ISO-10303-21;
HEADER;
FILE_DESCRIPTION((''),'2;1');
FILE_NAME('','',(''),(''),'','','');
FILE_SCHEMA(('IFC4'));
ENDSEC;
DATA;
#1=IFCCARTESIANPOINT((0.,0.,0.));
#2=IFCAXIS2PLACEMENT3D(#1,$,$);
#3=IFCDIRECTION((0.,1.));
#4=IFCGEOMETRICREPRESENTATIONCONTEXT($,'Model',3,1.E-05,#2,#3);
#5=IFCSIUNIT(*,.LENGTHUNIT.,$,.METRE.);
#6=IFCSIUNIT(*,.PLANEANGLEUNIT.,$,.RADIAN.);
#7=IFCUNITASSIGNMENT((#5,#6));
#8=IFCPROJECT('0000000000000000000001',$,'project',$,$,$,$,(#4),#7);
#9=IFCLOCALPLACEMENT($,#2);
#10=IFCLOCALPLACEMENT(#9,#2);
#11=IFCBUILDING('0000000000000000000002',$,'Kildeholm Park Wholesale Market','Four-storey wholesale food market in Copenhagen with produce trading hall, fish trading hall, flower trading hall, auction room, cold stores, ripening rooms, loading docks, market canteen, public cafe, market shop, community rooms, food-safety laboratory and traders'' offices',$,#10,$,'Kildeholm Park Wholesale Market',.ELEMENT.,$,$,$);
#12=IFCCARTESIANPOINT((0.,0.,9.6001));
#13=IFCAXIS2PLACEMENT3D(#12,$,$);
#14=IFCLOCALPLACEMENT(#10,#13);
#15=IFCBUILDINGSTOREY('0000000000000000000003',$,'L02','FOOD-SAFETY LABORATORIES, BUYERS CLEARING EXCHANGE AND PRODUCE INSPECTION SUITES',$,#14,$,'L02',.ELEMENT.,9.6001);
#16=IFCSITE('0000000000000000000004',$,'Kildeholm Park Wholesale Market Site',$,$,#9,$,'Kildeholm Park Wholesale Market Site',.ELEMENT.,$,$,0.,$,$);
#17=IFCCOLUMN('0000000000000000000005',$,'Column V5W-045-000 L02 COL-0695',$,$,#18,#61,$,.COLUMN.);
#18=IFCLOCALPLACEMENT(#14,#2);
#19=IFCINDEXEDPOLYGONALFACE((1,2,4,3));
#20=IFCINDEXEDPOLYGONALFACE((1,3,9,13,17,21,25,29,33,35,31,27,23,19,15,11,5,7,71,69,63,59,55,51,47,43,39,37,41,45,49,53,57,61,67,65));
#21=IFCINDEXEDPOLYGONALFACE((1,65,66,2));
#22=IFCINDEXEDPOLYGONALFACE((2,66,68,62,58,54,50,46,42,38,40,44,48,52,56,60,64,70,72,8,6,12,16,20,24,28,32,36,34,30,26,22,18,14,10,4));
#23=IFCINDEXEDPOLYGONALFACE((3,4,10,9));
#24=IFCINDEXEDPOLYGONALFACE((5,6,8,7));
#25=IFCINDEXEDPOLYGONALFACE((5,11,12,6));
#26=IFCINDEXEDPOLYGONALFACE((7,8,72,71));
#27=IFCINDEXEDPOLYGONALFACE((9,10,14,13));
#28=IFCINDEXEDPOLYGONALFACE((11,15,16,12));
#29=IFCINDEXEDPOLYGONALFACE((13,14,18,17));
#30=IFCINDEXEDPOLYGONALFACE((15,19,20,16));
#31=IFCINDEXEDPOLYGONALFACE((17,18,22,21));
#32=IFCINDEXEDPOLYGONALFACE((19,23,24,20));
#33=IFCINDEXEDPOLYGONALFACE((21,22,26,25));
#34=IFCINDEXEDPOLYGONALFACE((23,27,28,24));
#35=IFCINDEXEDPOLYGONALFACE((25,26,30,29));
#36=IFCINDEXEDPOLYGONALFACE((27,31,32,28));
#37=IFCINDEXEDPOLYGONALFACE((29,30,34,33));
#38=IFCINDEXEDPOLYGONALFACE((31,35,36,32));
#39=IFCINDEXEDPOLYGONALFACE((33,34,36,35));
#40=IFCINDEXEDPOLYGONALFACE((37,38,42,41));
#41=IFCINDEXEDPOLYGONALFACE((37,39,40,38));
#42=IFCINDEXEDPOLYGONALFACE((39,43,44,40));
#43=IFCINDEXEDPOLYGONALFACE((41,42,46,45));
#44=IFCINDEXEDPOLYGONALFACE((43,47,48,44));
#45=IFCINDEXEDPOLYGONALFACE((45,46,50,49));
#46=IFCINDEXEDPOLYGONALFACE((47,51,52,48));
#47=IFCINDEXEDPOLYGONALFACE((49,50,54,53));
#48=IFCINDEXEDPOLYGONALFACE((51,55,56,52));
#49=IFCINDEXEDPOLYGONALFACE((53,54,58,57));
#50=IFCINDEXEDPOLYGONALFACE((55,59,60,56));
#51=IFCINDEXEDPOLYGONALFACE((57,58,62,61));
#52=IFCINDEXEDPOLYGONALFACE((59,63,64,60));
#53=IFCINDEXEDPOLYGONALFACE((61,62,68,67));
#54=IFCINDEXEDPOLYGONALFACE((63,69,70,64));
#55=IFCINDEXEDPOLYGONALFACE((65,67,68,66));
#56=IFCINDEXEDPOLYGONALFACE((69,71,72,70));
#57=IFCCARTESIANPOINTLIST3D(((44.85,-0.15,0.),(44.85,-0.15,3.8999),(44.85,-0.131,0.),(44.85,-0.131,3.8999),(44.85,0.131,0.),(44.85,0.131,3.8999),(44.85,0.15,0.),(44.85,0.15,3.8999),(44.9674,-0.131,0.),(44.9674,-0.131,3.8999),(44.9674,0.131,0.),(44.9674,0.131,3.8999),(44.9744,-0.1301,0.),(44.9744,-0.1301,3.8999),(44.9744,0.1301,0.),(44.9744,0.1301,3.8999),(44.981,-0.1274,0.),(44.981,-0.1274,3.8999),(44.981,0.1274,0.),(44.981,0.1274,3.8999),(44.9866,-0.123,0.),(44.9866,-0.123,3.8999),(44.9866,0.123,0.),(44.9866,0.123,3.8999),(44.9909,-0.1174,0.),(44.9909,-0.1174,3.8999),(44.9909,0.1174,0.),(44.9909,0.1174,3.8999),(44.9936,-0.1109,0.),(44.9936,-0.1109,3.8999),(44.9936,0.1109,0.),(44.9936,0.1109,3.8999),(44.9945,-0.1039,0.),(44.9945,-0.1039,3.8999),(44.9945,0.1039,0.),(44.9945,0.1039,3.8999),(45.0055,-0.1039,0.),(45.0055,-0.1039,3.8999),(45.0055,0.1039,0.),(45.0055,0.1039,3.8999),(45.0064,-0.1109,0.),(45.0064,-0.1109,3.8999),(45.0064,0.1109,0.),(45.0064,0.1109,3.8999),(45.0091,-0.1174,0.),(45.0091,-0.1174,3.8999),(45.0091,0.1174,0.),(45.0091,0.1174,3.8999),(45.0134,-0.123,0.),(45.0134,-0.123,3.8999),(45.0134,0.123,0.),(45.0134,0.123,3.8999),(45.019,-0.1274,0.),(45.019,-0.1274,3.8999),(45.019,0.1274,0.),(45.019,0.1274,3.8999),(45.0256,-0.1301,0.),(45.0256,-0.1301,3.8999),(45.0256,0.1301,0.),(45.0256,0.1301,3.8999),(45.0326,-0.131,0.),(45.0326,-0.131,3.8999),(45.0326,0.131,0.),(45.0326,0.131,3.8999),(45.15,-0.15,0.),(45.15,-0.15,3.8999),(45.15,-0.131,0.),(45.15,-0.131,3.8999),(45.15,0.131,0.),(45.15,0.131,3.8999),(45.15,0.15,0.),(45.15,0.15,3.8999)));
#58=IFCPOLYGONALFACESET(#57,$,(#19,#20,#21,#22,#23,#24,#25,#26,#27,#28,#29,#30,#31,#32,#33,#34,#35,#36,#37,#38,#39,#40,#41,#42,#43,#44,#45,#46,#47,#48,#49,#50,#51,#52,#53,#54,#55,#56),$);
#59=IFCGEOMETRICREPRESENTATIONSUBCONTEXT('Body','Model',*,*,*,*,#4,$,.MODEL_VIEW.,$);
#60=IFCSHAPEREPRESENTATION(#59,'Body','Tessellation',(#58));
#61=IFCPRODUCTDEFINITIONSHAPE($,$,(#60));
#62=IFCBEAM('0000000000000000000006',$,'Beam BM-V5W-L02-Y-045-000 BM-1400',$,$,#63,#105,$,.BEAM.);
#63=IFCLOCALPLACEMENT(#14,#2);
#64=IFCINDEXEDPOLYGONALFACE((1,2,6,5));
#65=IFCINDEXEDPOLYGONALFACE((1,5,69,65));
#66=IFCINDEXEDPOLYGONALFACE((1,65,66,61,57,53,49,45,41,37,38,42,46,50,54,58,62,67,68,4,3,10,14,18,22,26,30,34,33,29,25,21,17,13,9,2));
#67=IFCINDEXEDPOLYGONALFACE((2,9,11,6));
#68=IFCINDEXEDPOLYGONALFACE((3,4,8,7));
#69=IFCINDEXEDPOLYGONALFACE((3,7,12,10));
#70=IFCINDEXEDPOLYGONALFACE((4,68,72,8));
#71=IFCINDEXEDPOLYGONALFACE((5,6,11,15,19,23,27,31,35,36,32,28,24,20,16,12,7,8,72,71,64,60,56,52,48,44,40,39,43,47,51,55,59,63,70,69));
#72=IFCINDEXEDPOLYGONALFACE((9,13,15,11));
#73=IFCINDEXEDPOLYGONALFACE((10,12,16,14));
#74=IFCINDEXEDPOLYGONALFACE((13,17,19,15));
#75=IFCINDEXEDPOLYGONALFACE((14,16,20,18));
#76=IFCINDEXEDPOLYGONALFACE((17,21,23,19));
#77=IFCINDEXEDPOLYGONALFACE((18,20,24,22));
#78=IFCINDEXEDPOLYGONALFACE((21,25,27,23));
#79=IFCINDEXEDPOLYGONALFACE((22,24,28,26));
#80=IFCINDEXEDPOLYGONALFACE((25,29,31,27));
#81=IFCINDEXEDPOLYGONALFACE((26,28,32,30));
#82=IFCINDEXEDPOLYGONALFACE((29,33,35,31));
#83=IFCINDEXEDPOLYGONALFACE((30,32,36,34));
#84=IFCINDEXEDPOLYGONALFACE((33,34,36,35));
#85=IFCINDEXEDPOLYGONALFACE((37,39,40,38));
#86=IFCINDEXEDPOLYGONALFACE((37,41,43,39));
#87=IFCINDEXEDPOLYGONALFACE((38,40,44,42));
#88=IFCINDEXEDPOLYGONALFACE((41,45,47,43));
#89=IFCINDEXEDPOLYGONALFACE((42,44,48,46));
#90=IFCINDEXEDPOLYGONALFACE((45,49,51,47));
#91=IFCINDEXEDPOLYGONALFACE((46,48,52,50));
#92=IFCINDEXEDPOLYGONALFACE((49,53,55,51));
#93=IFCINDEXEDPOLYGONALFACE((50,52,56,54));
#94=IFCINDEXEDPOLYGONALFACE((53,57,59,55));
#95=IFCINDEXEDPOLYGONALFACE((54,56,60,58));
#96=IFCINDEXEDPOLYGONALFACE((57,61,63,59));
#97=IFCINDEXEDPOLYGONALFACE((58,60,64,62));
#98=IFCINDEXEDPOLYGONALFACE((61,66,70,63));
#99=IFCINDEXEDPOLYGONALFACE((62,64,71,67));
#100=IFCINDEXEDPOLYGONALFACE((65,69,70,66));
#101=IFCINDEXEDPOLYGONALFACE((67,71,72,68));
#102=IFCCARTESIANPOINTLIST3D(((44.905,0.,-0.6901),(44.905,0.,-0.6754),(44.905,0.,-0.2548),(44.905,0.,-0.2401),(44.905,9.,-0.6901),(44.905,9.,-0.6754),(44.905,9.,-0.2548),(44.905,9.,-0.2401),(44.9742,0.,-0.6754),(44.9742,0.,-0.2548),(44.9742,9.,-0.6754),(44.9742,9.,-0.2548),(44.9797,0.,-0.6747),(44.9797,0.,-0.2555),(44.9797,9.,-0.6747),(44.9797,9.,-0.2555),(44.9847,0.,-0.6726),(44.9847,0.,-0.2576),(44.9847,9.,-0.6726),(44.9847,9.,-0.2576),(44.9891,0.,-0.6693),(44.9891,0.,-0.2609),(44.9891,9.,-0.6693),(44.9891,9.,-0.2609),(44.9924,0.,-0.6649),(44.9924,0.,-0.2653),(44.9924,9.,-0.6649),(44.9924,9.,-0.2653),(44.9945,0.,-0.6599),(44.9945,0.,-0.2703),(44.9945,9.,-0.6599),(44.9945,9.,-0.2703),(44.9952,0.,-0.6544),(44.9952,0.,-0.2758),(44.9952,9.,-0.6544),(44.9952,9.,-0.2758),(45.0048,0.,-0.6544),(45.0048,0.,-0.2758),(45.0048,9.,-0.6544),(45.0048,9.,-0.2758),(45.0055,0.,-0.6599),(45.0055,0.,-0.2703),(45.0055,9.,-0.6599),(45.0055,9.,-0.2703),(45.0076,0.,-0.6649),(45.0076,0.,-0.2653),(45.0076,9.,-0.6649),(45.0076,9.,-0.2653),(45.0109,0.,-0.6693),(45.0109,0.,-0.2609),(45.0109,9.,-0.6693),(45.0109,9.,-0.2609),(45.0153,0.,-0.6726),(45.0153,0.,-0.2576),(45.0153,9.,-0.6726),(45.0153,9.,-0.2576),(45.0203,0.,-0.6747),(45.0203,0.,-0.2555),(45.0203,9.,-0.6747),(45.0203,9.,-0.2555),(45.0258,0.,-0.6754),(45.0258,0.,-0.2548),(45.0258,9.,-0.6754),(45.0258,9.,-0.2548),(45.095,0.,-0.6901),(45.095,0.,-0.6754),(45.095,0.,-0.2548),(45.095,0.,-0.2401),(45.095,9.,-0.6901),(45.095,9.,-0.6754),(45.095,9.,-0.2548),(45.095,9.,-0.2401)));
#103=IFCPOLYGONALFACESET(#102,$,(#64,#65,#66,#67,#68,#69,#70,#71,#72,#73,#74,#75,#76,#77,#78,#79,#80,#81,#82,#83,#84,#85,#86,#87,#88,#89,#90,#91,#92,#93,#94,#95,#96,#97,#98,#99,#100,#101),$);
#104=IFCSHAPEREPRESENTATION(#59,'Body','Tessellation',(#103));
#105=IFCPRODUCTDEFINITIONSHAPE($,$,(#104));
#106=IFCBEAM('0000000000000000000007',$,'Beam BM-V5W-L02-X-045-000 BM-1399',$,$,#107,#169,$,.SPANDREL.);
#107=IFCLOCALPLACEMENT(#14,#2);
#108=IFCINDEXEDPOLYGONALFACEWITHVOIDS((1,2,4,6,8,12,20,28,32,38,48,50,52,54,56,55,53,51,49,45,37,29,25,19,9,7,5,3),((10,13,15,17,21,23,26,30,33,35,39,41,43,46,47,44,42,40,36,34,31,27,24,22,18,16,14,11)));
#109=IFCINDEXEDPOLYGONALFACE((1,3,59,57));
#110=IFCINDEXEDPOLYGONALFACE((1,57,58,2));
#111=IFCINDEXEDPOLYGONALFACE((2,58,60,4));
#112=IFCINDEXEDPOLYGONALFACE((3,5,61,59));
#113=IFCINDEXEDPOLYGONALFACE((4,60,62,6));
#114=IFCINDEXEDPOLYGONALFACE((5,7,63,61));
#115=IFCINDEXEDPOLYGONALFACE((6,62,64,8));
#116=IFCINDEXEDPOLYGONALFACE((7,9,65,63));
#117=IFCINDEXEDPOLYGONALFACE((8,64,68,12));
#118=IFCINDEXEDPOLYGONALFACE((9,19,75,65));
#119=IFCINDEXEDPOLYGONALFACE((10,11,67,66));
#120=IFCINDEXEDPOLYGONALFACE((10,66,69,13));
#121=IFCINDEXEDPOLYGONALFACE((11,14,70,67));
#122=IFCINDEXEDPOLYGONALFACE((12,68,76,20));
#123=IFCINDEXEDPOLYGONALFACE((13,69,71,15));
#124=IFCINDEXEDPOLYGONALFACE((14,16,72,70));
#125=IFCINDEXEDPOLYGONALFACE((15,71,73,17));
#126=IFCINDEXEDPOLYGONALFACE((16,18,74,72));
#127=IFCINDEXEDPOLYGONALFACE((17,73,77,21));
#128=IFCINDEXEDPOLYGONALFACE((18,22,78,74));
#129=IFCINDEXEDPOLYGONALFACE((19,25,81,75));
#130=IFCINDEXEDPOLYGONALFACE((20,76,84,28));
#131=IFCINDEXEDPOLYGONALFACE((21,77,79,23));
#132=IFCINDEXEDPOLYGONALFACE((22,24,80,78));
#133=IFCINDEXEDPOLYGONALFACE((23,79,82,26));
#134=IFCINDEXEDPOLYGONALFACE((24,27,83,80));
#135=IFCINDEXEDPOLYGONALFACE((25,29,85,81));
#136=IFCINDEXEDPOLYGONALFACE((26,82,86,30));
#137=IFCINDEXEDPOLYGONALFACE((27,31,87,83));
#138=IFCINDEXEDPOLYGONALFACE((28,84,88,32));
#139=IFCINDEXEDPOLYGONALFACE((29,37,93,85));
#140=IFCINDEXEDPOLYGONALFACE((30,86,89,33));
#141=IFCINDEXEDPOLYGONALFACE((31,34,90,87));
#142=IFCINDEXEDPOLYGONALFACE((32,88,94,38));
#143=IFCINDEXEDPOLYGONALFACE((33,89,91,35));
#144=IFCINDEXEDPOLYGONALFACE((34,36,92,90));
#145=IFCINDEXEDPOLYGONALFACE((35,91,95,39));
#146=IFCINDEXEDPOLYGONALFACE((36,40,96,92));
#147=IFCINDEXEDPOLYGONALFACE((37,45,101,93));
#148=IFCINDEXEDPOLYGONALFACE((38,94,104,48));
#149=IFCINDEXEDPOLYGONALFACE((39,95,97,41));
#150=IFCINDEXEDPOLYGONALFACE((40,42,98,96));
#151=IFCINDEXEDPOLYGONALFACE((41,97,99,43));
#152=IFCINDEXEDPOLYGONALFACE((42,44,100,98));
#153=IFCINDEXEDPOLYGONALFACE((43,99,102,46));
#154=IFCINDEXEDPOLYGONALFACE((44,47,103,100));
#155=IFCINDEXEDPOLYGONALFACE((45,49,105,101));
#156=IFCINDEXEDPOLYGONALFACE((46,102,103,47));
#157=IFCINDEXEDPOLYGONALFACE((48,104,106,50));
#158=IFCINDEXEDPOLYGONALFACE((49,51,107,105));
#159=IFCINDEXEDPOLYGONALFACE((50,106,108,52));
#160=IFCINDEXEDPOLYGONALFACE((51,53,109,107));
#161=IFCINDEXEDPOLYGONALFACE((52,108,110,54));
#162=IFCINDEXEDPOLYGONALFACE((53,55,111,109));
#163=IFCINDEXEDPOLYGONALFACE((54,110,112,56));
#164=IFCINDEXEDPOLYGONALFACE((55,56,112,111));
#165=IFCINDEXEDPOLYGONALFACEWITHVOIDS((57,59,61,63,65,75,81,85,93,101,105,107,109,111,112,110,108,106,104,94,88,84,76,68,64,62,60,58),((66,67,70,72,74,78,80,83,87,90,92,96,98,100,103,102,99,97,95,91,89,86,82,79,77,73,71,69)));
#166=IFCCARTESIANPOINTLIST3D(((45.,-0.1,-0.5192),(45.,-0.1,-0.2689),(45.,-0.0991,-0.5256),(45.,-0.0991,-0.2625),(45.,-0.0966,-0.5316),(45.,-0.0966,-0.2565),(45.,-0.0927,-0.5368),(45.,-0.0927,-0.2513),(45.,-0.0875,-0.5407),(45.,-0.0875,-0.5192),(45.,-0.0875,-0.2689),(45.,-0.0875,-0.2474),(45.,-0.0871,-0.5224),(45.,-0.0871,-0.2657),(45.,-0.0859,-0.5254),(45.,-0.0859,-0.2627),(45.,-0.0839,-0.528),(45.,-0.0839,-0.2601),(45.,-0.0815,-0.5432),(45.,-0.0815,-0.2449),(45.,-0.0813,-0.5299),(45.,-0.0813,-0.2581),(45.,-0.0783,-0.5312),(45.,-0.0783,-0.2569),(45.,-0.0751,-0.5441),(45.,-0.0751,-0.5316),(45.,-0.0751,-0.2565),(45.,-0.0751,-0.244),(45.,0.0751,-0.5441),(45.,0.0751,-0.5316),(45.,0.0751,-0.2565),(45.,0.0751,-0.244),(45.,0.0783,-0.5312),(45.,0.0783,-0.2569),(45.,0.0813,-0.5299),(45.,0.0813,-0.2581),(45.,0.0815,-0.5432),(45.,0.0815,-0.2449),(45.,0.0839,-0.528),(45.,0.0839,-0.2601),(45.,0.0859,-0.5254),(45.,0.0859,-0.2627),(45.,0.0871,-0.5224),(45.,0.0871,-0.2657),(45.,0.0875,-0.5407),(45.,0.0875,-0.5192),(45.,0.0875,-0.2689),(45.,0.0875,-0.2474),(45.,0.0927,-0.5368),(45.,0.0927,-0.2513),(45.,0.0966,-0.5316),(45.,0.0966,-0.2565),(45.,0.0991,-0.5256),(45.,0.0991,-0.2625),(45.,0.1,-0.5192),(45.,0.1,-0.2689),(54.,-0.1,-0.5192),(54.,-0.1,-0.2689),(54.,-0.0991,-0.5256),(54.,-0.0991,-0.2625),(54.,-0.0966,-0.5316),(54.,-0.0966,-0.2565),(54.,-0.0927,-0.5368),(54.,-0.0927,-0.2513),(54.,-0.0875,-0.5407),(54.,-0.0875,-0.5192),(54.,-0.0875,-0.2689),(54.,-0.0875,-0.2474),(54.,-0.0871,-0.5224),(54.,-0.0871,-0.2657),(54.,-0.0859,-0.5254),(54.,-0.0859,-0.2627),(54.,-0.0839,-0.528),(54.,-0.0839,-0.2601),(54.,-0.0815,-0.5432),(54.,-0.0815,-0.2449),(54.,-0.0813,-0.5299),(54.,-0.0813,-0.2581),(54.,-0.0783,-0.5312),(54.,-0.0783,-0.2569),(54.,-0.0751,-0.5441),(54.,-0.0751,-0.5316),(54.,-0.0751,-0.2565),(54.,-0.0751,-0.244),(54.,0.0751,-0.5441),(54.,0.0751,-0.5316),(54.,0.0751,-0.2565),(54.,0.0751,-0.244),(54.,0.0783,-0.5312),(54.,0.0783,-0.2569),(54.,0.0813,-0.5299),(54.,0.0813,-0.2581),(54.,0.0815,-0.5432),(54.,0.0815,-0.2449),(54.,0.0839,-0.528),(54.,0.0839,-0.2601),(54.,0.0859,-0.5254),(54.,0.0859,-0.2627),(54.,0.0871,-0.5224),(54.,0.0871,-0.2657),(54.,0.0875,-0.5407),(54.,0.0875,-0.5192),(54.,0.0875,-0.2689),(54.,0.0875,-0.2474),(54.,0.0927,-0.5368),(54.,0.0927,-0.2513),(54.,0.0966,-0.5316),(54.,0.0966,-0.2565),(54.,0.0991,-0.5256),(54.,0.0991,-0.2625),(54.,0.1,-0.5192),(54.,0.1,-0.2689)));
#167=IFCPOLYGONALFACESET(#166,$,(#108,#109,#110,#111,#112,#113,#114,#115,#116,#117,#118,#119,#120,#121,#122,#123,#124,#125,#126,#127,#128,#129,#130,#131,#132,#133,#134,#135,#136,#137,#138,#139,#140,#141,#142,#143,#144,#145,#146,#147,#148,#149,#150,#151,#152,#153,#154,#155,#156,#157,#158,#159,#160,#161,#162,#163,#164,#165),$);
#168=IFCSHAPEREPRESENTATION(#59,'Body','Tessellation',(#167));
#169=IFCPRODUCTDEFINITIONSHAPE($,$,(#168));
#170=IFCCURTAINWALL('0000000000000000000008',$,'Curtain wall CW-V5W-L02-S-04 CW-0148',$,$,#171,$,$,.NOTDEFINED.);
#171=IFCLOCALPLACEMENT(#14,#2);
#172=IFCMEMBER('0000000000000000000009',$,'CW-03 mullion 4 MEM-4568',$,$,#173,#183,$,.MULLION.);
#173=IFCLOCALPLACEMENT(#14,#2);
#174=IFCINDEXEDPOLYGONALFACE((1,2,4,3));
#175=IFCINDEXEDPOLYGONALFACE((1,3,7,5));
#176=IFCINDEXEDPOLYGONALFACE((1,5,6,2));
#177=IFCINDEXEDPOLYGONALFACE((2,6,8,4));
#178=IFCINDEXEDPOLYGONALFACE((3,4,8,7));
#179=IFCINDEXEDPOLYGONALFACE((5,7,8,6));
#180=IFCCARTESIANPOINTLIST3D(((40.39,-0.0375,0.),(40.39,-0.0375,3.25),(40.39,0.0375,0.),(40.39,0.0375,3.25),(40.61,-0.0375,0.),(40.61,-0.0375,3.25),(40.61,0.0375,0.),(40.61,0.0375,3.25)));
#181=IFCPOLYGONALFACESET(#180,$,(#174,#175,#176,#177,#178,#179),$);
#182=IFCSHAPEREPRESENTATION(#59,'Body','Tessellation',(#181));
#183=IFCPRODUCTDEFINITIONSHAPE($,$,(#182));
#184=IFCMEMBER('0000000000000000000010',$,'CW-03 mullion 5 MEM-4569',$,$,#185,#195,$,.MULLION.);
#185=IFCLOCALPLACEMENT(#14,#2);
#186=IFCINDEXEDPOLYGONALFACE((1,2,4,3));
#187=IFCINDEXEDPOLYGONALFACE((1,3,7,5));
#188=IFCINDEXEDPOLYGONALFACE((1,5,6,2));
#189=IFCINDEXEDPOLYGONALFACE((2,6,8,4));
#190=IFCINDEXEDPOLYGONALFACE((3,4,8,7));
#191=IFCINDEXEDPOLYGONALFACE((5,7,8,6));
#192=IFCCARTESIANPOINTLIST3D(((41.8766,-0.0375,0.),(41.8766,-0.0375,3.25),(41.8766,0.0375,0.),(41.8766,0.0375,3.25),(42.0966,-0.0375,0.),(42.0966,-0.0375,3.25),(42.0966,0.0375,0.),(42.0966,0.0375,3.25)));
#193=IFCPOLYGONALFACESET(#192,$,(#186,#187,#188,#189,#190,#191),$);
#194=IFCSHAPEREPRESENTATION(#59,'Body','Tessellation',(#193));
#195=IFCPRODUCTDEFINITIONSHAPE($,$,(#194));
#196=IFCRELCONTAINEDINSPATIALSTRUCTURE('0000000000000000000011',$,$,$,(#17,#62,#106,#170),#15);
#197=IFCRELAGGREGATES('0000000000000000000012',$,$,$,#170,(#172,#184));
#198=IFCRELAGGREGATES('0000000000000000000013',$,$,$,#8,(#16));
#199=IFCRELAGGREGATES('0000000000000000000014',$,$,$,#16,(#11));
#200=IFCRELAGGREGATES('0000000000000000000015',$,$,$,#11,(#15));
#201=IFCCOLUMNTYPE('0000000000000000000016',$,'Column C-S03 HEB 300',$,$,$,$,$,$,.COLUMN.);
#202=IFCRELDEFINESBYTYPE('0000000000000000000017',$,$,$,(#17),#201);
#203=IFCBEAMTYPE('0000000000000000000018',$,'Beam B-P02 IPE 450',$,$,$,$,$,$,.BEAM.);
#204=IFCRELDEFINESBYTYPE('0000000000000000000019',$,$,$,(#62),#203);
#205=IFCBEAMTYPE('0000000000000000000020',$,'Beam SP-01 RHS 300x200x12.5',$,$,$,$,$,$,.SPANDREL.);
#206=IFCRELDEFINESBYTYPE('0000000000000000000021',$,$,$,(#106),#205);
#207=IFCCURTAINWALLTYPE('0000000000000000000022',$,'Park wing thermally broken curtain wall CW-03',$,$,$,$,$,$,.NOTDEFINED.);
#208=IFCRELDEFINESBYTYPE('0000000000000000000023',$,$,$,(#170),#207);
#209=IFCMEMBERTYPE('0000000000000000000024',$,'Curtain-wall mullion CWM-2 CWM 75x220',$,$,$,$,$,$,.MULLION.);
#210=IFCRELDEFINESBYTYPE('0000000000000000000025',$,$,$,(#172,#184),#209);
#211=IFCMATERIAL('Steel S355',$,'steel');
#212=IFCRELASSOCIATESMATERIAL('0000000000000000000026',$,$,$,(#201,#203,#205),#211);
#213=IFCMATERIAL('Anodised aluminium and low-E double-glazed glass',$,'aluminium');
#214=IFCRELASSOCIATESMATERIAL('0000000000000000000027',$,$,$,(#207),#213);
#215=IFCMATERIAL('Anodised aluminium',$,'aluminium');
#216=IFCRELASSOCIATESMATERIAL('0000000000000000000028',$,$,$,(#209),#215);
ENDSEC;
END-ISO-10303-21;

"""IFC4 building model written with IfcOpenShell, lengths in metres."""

from ifc_helpers import new_model, si_unit, direction, frame, origin, origin_2d, place, context, subcontext, project, spatial, rectangle, hollow_rectangle, i_section, extrude, material, material_profile, profile_set, type_object, element, aggregate, save


model = new_model("IFC4")

# Units and contexts
model_context = context("Model", 3, precision=1e-05, world=origin(), true_north=direction((0.0, 1.0)))
body_context = subcontext(model_context, "Body", "Model", "MODEL_VIEW")
ifc_project = project(units=[si_unit("LENGTHUNIT", "METRE"), si_unit("PLANEANGLEUNIT", "RADIAN")], contexts=[model_context])

# Site, building, storey
site_placement = place(None, origin())
site = spatial("IfcSite", under=ifc_project, at=site_placement, Name="Kildeholm Park Wholesale Market Site", LongName="Kildeholm Park Wholesale Market Site", CompositionType="ELEMENT", RefElevation=0.0)
building_placement = place(site_placement, origin())
building = spatial("IfcBuilding", under=site, at=building_placement, Name="Kildeholm Park Wholesale Market", Description="Four-storey wholesale food market in Copenhagen with produce trading hall, fish trading hall, flower trading hall, auction room, cold stores, ripening rooms, loading docks, market canteen, public cafe, market shop, community rooms, food-safety laboratory and traders' offices", LongName="Kildeholm Park Wholesale Market", CompositionType="ELEMENT")
storey_placement = place(building_placement, frame((0.0, 0.0, 9.6001)))
storey = spatial("IfcBuildingStorey", under=building, at=storey_placement, Name="L02", Description="FOOD-SAFETY LABORATORIES, BUYERS CLEARING EXCHANGE AND PRODUCE INSPECTION SUITES", LongName="L02", CompositionType="ELEMENT", Elevation=9.6001)

# Column
ifc_material_1 = material(Name="Steel S355", Category="steel")
ifc_material_profile_1 = material_profile(ifc_material_1, i_section(OverallWidth=0.3, OverallDepth=0.3, WebThickness=0.011, FlangeThickness=0.019, FilletRadius=0.0271, at=origin_2d()), Name="HEB 300")
ifc_profile_set_1 = profile_set([ifc_material_profile_1], Name="Steel S355")
column_type = type_object("IfcColumnType", Name="Column C-S03 HEB 300", PredefinedType="COLUMN", material=ifc_profile_set_1)
column_placement = place(storey_placement, frame((45.0, 0.0, 0.0), z_axis=(0.0, 0.0, 1.0), x_axis=(1.0, 0.0, 0.0)))
element("IfcColumn", 1, at=column_placement, inside=storey, type_object=column_type, Name="Column V5W-045-000 L02 COL-0695", PredefinedType="COLUMN", context=body_context, shape_type="SweptSolid", body=[
    extrude(i_section(OverallWidth=0.3, OverallDepth=0.3, WebThickness=0.011, FlangeThickness=0.019, FilletRadius=0.0271, at=origin_2d()), origin(), (0.0, 0.0, 1.0), 3.8999),
])

# Beams
ifc_material_profile_2 = material_profile(ifc_material_1, i_section(OverallWidth=0.1899, OverallDepth=0.45, WebThickness=0.0095, FlangeThickness=0.0146, FilletRadius=0.021, at=origin_2d()), Name="IPE 450")
ifc_profile_set_2 = profile_set([ifc_material_profile_2], Name="Steel S355")
beam_type_1 = type_object("IfcBeamType", Name="Beam B-P02 IPE 450", PredefinedType="BEAM", material=ifc_profile_set_2)
beam_1_placement = place(storey_placement, frame((45.0, 0.0, -0.4651), z_axis=(0.0, 1.0, 0.0), x_axis=(-1.0, 0.0, 0.0)))
element("IfcBeam", 2, at=beam_1_placement, inside=storey, type_object=beam_type_1, Name="Beam BM-V5W-L02-Y-045-000 BM-1400", PredefinedType="BEAM", context=body_context, shape_type="SweptSolid", body=[
    extrude(i_section(OverallWidth=0.1899, OverallDepth=0.45, WebThickness=0.0095, FlangeThickness=0.0146, FilletRadius=0.021, at=origin_2d()), origin(), (0.0, 0.0, 1.0), 9.0),
])
ifc_material_profile_3 = material_profile(ifc_material_1, hollow_rectangle(XDim=0.2, YDim=0.3, WallThickness=0.0125, InnerFilletRadius=0.0125, OuterFilletRadius=0.0249, at=origin_2d()), Name="RHS 300x200x12.5")
ifc_profile_set_3 = profile_set([ifc_material_profile_3], Name="Steel S355")
beam_type_2 = type_object("IfcBeamType", Name="Beam SP-01 RHS 300x200x12.5", PredefinedType="SPANDREL", material=ifc_profile_set_3)
beam_2_placement = place(storey_placement, frame((45.0, 0.0, -0.394), z_axis=(1.0, 0.0, 0.0), x_axis=(0.0, 1.0, 0.0)))
element("IfcBeam", 3, at=beam_2_placement, inside=storey, type_object=beam_type_2, Name="Beam BM-V5W-L02-X-045-000 BM-1399", PredefinedType="SPANDREL", context=body_context, shape_type="SweptSolid", body=[
    extrude(hollow_rectangle(XDim=0.2, YDim=0.3, WallThickness=0.0125, InnerFilletRadius=0.0125, OuterFilletRadius=0.0249, at=origin_2d()), origin(), (0.0, 0.0, 1.0), 9.0),
])

# Curtain wall, members
ifc_material_2 = material(Name="Anodised aluminium and low-E double-glazed glass", Category="aluminium")
curtain_wall_type = type_object("IfcCurtainWallType", Name="Park wing thermally broken curtain wall CW-03", PredefinedType="NOTDEFINED", material=ifc_material_2)
curtain_wall_placement = place(storey_placement, origin())
curtain_wall = element("IfcCurtainWall", 4, at=curtain_wall_placement, inside=storey, type_object=curtain_wall_type, Name="Curtain wall CW-V5W-L02-S-04 CW-0148", PredefinedType="NOTDEFINED")
ifc_material_3 = material(Name="Anodised aluminium", Category="aluminium")
ifc_material_profile_4 = material_profile(ifc_material_3, rectangle(XDim=0.075, YDim=0.22, at=origin_2d()), Name="CWM 75x220")
ifc_profile_set_4 = profile_set([ifc_material_profile_4], Name="Anodised aluminium")
member_type_1 = type_object("IfcMemberType", Name="Curtain-wall mullion CWM-2 CWM 75x220", PredefinedType="MULLION", material=ifc_profile_set_4)
member_1_placement = place(storey_placement, frame((40.5, 0.0, 0.0), z_axis=(0.0, 0.0, 1.0), x_axis=(0.0, 1.0, 0.0)))
member_1 = element("IfcMember", 5, at=member_1_placement, type_object=member_type_1, Name="CW-03 mullion 4 MEM-4568", PredefinedType="MULLION", context=body_context, shape_type="SweptSolid", body=[
    extrude(rectangle(XDim=0.075, YDim=0.22, at=origin_2d()), origin(), (0.0, 0.0, 1.0), 3.25),
])
member_2_placement = place(storey_placement, frame((41.9866, 0.0, 0.0), z_axis=(0.0, 0.0, 1.0), x_axis=(0.0, 1.0, 0.0)))
member_2 = element("IfcMember", 6, at=member_2_placement, type_object=member_type_1, Name="CW-03 mullion 5 MEM-4569", PredefinedType="MULLION", context=body_context, shape_type="SweptSolid", body=[
    extrude(rectangle(XDim=0.075, YDim=0.22, at=origin_2d()), origin(), (0.0, 0.0, 1.0), 3.25),
])
aggregate(curtain_wall, [member_1, member_2])

save(model, "model.ifc")
